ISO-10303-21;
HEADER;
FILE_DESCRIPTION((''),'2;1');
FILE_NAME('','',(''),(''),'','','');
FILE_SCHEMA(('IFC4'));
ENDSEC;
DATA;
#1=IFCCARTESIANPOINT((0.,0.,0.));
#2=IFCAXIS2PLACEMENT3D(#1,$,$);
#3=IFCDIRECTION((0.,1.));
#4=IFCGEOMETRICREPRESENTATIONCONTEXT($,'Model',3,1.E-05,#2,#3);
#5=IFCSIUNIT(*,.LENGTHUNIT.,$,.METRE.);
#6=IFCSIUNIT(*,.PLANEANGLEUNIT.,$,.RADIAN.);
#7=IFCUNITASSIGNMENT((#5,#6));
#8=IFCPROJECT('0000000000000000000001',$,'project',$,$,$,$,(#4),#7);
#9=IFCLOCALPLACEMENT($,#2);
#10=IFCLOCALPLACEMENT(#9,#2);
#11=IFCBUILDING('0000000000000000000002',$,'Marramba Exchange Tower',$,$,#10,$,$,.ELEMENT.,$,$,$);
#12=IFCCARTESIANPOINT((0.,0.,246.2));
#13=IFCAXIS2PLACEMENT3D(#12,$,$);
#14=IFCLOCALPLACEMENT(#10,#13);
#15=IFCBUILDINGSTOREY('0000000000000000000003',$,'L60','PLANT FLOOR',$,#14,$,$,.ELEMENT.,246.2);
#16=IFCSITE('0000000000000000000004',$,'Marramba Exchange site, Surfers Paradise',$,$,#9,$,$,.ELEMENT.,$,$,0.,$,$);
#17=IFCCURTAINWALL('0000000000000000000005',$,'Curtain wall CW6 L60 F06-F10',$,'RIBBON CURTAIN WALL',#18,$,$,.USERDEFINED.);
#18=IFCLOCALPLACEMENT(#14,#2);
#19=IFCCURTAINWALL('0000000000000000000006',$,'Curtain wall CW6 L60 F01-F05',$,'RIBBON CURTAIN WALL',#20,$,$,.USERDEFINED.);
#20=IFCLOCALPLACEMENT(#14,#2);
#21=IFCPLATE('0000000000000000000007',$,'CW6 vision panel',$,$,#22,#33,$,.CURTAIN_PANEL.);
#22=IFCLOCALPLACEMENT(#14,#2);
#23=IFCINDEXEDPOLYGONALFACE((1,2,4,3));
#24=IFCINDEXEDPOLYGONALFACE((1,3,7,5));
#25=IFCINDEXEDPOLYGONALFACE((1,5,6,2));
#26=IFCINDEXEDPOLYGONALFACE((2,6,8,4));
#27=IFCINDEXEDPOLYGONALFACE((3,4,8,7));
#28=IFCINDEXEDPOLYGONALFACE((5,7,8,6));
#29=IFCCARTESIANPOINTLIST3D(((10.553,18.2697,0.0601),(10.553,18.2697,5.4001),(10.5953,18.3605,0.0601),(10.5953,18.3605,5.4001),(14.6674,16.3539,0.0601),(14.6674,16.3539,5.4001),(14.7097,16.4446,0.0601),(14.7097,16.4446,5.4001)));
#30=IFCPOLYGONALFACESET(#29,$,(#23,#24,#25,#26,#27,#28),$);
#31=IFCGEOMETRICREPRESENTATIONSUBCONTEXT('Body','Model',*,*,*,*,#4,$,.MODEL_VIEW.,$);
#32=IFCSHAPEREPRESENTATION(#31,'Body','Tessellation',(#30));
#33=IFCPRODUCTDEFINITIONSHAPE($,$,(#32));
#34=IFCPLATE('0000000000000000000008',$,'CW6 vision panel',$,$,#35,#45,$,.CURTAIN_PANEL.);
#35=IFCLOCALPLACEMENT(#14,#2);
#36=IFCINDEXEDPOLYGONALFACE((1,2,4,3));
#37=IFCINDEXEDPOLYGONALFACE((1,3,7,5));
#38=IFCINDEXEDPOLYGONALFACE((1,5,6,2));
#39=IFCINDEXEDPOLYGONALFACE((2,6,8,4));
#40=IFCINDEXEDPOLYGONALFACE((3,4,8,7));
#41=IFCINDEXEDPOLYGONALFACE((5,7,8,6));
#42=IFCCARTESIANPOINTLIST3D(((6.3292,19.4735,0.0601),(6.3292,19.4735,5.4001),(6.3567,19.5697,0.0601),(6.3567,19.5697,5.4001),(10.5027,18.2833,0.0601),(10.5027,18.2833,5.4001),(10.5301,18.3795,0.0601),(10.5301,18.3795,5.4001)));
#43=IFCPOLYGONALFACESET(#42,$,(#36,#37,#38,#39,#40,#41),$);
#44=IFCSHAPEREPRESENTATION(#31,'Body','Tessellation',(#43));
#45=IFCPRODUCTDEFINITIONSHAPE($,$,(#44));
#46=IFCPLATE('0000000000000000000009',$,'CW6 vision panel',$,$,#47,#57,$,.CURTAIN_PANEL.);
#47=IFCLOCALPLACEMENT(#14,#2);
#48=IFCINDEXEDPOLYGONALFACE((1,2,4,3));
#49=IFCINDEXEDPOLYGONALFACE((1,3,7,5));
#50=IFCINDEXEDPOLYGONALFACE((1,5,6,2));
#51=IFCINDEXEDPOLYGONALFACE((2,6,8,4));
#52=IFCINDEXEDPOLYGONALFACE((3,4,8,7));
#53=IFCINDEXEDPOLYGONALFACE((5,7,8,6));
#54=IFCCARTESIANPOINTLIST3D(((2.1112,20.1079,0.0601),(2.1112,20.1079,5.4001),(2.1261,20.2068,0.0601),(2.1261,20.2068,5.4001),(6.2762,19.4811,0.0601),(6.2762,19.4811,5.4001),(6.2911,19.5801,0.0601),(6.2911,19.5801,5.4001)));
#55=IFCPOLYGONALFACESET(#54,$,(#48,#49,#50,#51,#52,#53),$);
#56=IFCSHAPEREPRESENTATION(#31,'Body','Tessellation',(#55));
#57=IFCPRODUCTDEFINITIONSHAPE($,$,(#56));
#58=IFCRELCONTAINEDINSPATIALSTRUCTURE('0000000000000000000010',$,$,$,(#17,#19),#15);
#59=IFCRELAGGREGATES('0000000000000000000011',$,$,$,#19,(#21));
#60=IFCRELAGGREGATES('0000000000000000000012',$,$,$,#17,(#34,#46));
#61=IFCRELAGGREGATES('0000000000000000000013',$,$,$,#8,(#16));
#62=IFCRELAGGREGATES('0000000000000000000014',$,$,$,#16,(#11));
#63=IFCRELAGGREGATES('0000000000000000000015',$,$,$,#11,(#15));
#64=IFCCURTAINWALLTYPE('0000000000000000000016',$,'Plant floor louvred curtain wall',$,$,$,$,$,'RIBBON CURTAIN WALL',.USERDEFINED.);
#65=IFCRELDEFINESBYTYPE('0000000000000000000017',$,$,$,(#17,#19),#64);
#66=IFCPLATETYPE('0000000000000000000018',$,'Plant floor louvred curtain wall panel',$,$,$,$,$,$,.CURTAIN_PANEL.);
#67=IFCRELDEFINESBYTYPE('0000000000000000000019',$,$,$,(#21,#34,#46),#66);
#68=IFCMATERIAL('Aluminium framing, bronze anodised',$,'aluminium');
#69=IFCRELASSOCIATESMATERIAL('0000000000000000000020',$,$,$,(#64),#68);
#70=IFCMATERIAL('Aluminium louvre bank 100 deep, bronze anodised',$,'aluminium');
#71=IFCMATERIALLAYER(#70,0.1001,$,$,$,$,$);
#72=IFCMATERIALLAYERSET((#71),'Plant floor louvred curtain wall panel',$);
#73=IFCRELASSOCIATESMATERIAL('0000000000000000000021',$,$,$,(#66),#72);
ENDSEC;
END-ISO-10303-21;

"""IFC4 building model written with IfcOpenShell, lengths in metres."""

from ifc_helpers import new_model, si_unit, direction, frame, origin, origin_2d, place, context, subcontext, project, spatial, rectangle, extrude, material, layer, layer_set, type_object, element, aggregate, save


model = new_model("IFC4")

# Units and contexts
model_context = context("Model", 3, precision=1e-05, world=origin(), true_north=direction((0.0, 1.0)))
body_context = subcontext(model_context, "Body", "Model", "MODEL_VIEW")
ifc_project = project(units=[si_unit("LENGTHUNIT", "METRE"), si_unit("PLANEANGLEUNIT", "RADIAN")], contexts=[model_context])

# Site, building, storey
site_placement = place(None, origin())
site = spatial("IfcSite", under=ifc_project, at=site_placement, Name="Marramba Exchange site, Surfers Paradise", CompositionType="ELEMENT", RefElevation=0.0)
building_placement = place(site_placement, origin())
building = spatial("IfcBuilding", under=site, at=building_placement, Name="Marramba Exchange Tower", CompositionType="ELEMENT")
storey_placement = place(building_placement, frame((0.0, 0.0, 246.2)))
storey = spatial("IfcBuildingStorey", under=building, at=storey_placement, Name="L60", Description="PLANT FLOOR", CompositionType="ELEMENT", Elevation=246.2)

# Curtain wall
ifc_material_1 = material(Name="Aluminium framing, bronze anodised", Category="aluminium")
curtain_wall_type = type_object("IfcCurtainWallType", Name="Plant floor louvred curtain wall", ElementType="RIBBON CURTAIN WALL", PredefinedType="USERDEFINED", material=ifc_material_1)
curtain_wall_1_placement = place(storey_placement, origin())
curtain_wall_1 = element("IfcCurtainWall", 1, at=curtain_wall_1_placement, inside=storey, type_object=curtain_wall_type, Name="Curtain wall CW6 L60 F06-F10", ObjectType="RIBBON CURTAIN WALL", PredefinedType="USERDEFINED")

# Curtain wall, plate
curtain_wall_2_placement = place(storey_placement, origin())
curtain_wall_2 = element("IfcCurtainWall", 2, at=curtain_wall_2_placement, inside=storey, type_object=curtain_wall_type, Name="Curtain wall CW6 L60 F01-F05", ObjectType="RIBBON CURTAIN WALL", PredefinedType="USERDEFINED")
ifc_material_2 = material(Name="Aluminium louvre bank 100 deep, bronze anodised", Category="aluminium")
ifc_layer = layer(ifc_material_2, 0.1001)
ifc_layer_set = layer_set([ifc_layer], Name="Plant floor louvred curtain wall panel")
plate_type = type_object("IfcPlateType", Name="Plant floor louvred curtain wall panel", PredefinedType="CURTAIN_PANEL", material=ifc_layer_set)
plate_1_placement = place(storey_placement, frame((12.6313, 17.3572, 0.0601), z_axis=(0.0, 0.0, 1.0), x_axis=(-0.906534, 0.422133, 0.0)))
plate_1 = element("IfcPlate", 3, at=plate_1_placement, type_object=plate_type, Name="CW6 vision panel", PredefinedType="CURTAIN_PANEL", context=body_context, shape_type="SweptSolid", body=[
    extrude(rectangle(XDim=4.5386, YDim=0.1001, at=origin_2d()), origin(), (0.0, 0.0, 1.0), 5.3401),
])
aggregate(curtain_wall_2, [plate_1])

# Plates
plate_2_placement = place(storey_placement, frame((8.4297, 18.9265, 0.0601), z_axis=(0.0, 0.0, 1.0), x_axis=(-0.961659, 0.274248, 0.0)))
plate_2 = element("IfcPlate", 4, at=plate_2_placement, type_object=plate_type, Name="CW6 vision panel", PredefinedType="CURTAIN_PANEL", context=body_context, shape_type="SweptSolid", body=[
    extrude(rectangle(XDim=4.3398, YDim=0.1001, at=origin_2d()), origin(), (0.0, 0.0, 1.0), 5.3401),
])
plate_3_placement = place(storey_placement, frame((4.2012, 19.844, 0.0601), z_axis=(0.0, 0.0, 1.0), x_axis=(-0.988868, 0.148795, 0.0)))
plate_3 = element("IfcPlate", 5, at=plate_3_placement, type_object=plate_type, Name="CW6 vision panel", PredefinedType="CURTAIN_PANEL", context=body_context, shape_type="SweptSolid", body=[
    extrude(rectangle(XDim=4.2119, YDim=0.1001, at=origin_2d()), origin(), (0.0, 0.0, 1.0), 5.3401),
])
aggregate(curtain_wall_1, [plate_2, plate_3])

save(model, "model.ifc")
